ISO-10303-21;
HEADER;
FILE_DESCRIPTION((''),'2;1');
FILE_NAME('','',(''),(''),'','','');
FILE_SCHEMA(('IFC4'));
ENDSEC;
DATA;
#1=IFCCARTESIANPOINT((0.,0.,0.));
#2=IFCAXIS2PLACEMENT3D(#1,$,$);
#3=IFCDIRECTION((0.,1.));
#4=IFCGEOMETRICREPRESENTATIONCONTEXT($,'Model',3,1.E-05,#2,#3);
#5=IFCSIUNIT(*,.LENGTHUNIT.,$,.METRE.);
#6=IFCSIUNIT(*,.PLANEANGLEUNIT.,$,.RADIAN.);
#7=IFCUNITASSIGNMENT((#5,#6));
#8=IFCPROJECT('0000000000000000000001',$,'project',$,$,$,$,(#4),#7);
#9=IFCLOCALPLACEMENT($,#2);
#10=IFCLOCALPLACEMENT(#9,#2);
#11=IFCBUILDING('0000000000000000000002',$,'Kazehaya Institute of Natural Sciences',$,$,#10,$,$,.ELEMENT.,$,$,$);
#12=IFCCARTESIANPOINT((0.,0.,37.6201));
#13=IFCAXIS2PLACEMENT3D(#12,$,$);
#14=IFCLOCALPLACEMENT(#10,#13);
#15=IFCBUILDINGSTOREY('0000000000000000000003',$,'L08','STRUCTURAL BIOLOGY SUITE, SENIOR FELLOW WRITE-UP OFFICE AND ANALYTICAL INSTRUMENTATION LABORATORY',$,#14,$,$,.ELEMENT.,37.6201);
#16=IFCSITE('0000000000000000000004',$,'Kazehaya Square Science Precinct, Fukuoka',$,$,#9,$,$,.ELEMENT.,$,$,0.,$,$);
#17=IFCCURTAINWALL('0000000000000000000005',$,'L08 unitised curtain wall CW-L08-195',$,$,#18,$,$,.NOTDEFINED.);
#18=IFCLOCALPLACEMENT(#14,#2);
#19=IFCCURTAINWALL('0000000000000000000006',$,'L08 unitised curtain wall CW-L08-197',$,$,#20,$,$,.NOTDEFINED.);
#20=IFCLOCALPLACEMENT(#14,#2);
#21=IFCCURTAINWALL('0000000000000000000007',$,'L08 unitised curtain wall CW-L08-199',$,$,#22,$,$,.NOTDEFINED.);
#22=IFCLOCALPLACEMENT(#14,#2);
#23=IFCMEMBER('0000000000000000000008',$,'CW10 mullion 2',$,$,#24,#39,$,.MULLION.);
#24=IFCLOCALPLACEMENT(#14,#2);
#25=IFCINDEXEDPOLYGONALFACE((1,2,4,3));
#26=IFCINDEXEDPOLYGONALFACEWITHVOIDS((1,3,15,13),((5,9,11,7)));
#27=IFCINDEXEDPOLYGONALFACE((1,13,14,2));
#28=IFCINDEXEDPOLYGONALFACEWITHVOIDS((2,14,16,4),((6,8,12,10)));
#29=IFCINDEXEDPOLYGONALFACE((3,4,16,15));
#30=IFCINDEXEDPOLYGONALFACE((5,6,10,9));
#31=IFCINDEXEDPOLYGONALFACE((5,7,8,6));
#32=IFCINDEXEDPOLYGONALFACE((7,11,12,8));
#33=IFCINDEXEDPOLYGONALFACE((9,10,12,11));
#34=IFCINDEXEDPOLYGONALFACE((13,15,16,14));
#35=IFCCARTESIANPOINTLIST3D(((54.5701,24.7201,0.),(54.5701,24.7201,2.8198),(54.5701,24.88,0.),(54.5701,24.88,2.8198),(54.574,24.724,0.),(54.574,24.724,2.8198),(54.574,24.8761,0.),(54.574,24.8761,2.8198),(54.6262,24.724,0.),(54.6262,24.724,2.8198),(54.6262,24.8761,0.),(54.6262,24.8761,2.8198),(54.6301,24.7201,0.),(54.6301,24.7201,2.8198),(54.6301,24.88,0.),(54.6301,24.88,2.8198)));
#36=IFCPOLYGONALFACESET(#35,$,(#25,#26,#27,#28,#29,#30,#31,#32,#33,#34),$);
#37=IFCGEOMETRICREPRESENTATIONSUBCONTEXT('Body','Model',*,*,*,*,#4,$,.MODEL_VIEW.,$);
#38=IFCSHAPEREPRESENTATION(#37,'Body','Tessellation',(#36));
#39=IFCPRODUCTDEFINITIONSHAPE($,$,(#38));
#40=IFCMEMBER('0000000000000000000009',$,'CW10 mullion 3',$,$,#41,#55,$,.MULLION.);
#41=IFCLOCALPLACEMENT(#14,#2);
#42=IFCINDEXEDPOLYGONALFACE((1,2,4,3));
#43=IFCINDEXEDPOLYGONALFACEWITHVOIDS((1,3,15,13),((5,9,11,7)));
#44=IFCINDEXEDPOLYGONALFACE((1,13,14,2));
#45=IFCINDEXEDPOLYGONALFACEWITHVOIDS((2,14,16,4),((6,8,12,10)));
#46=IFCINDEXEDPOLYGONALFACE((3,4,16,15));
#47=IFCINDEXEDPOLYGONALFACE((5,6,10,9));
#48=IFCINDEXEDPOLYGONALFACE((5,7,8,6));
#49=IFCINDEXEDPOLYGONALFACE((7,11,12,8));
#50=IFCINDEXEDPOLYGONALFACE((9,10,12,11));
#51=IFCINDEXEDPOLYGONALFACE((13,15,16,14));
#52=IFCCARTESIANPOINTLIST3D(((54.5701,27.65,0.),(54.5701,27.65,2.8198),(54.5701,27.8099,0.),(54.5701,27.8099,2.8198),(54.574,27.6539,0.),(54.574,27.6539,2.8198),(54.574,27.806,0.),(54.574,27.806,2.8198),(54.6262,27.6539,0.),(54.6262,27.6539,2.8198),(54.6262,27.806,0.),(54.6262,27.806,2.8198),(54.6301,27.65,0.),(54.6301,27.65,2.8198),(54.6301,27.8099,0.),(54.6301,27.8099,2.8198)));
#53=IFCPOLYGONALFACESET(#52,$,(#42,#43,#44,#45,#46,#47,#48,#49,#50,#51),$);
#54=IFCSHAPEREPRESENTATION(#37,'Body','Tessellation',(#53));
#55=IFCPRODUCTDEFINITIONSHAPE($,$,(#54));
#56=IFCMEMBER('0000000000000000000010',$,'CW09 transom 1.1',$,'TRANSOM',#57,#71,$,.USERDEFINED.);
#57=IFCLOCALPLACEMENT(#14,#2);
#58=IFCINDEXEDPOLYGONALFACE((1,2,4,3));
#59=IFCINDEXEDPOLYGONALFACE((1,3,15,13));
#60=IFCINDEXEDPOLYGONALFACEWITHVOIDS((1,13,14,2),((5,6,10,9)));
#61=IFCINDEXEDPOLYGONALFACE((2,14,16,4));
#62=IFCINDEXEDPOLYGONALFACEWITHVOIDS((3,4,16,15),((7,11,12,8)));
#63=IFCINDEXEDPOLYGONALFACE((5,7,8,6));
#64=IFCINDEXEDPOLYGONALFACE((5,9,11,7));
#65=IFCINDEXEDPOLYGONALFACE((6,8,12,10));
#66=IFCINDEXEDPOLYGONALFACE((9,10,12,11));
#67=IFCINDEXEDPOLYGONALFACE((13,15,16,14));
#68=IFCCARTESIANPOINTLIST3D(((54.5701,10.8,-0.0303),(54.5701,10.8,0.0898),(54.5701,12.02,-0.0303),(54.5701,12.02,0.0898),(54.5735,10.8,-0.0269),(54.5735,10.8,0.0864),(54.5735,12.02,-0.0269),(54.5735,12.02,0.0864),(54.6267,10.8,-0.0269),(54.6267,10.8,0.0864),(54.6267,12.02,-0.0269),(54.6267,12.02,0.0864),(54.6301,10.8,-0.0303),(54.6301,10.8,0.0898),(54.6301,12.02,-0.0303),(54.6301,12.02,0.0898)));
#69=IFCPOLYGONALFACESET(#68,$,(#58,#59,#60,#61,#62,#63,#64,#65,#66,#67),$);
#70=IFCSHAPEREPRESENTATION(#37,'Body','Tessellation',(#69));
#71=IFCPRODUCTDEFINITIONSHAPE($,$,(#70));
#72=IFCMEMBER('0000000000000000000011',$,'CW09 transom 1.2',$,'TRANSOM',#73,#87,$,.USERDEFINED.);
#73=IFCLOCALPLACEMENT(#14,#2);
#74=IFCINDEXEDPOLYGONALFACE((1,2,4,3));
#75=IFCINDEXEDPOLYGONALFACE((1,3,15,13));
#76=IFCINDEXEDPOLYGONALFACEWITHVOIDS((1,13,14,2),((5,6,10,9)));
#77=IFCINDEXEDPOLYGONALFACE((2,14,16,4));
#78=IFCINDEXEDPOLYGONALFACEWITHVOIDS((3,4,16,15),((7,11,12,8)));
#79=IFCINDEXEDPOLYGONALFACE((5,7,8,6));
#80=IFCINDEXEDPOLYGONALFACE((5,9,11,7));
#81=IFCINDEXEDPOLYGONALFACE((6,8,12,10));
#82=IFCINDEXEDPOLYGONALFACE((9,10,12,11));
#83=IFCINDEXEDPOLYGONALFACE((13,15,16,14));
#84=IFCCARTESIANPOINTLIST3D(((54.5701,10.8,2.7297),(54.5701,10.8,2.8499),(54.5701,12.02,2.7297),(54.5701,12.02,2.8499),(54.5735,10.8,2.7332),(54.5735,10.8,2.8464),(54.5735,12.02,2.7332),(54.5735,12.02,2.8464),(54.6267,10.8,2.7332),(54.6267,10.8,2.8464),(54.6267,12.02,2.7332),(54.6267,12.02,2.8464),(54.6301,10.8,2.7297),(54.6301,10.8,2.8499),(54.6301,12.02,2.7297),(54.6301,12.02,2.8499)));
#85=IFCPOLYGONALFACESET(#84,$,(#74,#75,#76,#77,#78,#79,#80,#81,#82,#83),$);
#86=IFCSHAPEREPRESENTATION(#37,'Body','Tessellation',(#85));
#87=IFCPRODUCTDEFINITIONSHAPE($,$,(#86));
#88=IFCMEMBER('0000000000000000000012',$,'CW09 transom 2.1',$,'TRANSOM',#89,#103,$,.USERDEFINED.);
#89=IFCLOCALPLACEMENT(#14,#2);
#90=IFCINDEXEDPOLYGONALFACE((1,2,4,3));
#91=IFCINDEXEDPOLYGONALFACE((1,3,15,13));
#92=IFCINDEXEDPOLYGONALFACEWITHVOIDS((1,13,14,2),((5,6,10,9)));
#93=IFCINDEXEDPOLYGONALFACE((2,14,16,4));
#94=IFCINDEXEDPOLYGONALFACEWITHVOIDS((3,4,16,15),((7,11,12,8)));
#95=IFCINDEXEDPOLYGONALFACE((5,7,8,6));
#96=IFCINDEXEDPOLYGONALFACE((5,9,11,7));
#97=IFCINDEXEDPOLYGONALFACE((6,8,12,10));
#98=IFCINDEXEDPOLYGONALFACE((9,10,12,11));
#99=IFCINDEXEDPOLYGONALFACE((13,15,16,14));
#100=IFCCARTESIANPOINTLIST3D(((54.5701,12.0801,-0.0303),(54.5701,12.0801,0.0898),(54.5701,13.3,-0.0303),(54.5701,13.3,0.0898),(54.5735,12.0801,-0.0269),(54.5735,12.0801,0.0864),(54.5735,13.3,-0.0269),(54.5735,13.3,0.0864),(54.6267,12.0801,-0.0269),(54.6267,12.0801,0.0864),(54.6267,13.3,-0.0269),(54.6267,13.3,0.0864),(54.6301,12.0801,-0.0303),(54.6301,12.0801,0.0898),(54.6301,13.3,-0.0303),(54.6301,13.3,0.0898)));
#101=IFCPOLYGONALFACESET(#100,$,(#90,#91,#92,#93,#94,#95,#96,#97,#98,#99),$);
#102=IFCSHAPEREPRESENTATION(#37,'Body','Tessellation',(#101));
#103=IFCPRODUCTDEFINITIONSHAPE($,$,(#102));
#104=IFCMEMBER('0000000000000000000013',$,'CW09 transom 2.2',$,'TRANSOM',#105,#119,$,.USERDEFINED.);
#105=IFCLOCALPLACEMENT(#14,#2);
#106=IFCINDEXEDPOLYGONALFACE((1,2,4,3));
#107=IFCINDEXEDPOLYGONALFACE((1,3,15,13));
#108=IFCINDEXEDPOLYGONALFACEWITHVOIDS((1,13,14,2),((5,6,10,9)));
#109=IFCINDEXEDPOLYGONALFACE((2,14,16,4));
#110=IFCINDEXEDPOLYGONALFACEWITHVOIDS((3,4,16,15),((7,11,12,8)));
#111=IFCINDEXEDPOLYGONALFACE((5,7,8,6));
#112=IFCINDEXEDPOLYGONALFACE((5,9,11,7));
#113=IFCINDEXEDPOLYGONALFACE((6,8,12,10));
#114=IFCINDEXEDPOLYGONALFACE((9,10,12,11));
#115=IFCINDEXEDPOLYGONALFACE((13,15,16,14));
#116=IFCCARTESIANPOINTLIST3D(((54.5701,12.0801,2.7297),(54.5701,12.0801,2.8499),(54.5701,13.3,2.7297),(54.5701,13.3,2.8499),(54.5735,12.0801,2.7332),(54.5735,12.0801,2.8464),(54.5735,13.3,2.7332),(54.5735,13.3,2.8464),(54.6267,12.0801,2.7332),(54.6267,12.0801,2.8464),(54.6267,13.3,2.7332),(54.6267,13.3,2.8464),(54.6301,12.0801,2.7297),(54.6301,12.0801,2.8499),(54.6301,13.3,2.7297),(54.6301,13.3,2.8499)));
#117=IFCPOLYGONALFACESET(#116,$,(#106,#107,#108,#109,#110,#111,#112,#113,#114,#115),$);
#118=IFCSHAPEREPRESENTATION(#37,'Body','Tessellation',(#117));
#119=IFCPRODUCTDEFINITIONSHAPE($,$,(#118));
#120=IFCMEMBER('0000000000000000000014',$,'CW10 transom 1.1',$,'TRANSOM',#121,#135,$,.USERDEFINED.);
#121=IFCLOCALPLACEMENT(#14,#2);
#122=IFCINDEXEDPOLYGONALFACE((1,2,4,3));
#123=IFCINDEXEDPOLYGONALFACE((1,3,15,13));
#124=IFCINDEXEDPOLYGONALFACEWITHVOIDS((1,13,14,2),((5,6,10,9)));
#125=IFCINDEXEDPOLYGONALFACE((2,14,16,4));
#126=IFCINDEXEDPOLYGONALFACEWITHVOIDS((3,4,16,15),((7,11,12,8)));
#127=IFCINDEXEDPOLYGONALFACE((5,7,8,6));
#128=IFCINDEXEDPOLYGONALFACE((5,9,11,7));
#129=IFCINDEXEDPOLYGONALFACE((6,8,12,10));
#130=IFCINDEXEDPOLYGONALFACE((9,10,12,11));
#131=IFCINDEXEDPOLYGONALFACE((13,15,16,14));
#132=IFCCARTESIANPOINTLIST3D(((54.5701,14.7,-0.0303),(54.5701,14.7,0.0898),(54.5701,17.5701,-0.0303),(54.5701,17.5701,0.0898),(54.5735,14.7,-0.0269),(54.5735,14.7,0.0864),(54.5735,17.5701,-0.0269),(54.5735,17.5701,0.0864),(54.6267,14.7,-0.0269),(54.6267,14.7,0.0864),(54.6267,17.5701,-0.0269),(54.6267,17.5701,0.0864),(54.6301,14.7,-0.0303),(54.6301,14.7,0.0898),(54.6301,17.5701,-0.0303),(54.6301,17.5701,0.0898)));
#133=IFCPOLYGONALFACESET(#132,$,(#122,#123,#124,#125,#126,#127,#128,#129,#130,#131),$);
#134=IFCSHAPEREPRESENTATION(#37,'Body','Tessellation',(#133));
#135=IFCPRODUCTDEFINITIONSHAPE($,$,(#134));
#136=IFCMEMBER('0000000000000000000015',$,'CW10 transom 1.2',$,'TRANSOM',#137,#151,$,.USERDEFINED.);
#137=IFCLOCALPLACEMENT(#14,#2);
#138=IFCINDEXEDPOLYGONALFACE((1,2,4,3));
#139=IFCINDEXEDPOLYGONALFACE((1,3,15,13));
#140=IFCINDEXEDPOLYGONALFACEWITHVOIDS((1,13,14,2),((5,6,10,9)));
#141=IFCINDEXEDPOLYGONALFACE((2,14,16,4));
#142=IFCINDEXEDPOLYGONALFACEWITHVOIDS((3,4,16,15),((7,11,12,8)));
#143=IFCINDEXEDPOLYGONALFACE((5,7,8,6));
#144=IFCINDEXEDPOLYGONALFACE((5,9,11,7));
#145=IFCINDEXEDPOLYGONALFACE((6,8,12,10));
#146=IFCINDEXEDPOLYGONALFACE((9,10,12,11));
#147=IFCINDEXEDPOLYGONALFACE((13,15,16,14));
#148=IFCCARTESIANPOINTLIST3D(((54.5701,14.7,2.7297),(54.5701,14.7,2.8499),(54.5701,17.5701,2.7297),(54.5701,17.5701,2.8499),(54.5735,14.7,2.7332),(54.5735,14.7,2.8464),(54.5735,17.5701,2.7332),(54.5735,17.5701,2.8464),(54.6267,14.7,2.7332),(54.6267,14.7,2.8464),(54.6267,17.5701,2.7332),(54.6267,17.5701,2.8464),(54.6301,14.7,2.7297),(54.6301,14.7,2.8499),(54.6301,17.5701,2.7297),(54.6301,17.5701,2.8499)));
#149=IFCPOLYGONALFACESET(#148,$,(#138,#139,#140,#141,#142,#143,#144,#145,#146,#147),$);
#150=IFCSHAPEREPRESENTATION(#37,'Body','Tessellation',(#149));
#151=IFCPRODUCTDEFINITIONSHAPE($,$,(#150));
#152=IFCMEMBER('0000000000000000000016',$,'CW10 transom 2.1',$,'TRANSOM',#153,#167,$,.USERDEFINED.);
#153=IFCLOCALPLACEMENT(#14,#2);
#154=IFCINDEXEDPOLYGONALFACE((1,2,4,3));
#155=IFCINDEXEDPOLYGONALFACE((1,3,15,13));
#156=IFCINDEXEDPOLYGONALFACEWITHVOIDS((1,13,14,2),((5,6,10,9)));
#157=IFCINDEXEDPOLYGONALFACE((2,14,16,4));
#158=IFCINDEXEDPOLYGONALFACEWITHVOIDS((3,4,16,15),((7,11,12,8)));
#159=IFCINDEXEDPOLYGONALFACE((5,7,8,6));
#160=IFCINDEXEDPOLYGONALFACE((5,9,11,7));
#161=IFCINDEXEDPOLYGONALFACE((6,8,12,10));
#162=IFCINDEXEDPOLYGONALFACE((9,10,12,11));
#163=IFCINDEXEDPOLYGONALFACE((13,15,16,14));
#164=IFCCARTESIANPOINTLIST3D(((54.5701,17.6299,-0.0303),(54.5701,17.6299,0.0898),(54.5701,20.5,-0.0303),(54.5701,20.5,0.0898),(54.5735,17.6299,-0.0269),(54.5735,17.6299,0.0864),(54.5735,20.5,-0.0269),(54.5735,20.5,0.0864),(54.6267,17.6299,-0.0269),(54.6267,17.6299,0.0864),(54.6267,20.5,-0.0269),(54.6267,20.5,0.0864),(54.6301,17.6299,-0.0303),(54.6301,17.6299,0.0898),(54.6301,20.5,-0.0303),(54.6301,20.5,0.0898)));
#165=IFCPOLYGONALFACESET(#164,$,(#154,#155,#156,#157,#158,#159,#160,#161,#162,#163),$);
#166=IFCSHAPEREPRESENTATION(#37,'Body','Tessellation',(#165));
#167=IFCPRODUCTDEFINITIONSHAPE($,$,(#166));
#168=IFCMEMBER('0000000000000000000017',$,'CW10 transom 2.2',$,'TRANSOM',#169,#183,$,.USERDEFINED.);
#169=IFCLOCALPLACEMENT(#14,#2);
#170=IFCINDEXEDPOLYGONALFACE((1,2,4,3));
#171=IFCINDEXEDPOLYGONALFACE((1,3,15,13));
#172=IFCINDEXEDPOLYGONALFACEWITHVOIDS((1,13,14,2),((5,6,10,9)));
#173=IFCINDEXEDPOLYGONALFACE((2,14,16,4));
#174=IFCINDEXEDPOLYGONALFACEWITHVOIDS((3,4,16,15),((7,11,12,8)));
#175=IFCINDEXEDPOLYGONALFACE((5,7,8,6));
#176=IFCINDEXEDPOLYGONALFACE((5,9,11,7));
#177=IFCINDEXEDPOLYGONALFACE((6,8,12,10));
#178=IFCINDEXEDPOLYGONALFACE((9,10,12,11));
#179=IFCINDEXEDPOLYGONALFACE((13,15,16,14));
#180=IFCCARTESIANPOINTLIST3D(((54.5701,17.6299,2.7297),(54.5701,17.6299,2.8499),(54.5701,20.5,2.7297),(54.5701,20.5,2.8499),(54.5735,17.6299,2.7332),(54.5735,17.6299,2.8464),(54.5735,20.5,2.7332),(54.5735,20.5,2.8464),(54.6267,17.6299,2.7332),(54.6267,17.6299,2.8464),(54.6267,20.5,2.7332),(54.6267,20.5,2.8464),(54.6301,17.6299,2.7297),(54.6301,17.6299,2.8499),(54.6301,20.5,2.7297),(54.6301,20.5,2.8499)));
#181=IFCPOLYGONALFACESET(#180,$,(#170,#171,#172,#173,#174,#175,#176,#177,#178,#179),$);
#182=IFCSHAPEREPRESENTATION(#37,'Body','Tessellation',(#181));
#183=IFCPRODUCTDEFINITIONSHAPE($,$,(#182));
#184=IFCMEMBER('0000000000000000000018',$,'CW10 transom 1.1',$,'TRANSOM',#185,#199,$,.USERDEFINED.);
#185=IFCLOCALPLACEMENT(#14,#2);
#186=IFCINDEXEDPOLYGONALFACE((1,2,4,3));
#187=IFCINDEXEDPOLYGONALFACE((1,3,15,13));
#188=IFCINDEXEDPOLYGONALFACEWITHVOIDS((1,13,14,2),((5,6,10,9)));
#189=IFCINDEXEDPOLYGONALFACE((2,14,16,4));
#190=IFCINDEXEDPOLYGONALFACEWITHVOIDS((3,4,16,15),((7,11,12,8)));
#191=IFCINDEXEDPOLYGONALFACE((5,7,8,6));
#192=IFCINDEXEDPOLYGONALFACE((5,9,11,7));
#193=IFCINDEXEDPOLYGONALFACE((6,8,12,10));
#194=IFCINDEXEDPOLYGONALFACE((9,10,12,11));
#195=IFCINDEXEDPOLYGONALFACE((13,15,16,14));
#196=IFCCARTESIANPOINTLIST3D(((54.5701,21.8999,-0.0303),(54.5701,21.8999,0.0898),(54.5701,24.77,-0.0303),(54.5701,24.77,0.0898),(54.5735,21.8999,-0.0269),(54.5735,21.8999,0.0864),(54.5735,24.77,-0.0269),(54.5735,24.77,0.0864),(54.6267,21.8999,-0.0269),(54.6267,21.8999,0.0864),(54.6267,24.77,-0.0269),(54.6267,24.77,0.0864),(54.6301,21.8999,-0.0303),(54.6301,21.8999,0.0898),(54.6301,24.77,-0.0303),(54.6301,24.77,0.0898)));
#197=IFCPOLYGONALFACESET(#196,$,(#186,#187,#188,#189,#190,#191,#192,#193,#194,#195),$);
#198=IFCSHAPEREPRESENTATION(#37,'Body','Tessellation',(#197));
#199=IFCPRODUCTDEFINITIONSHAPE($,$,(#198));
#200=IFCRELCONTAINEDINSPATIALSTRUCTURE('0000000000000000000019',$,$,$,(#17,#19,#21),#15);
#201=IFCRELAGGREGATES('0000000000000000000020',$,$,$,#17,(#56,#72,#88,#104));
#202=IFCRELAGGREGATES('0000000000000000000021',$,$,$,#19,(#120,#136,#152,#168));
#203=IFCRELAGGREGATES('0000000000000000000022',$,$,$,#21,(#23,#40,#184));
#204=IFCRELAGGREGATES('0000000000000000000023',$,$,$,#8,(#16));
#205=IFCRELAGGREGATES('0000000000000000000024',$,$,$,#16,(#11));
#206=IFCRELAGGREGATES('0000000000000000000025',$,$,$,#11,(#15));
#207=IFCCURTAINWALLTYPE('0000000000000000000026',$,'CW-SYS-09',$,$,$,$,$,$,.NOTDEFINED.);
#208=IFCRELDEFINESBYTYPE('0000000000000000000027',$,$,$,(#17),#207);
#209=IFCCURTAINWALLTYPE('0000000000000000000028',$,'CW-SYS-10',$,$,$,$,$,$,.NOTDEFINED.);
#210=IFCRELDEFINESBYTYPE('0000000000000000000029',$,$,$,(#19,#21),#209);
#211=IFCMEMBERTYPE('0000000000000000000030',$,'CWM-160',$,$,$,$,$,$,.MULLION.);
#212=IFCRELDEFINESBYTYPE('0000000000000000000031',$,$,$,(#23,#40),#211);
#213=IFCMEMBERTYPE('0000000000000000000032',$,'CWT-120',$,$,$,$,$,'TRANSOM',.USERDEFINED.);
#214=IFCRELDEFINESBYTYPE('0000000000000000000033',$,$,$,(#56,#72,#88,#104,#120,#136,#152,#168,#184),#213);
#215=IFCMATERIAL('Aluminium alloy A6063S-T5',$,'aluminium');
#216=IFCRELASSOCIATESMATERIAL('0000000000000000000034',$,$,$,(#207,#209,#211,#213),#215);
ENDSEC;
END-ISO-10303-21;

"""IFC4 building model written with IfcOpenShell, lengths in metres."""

from ifc_helpers import new_model, si_unit, direction, frame, origin, origin_2d, place, context, subcontext, project, spatial, hollow_rectangle, extrude, material, material_profile, profile_set, type_object, element, aggregate, save


model = new_model("IFC4")

# Units and contexts
model_context = context("Model", 3, precision=1e-05, world=origin(), true_north=direction((0.0, 1.0)))
body_context = subcontext(model_context, "Body", "Model", "MODEL_VIEW")
ifc_project = project(units=[si_unit("LENGTHUNIT", "METRE"), si_unit("PLANEANGLEUNIT", "RADIAN")], contexts=[model_context])

# Site, building, storey
site_placement = place(None, origin())
site = spatial("IfcSite", under=ifc_project, at=site_placement, Name="Kazehaya Square Science Precinct, Fukuoka", CompositionType="ELEMENT", RefElevation=0.0)
building_placement = place(site_placement, origin())
building = spatial("IfcBuilding", under=site, at=building_placement, Name="Kazehaya Institute of Natural Sciences", CompositionType="ELEMENT")
storey_placement = place(building_placement, frame((0.0, 0.0, 37.6201)))
storey = spatial("IfcBuildingStorey", under=building, at=storey_placement, Name="L08", Description="STRUCTURAL BIOLOGY SUITE, SENIOR FELLOW WRITE-UP OFFICE AND ANALYTICAL INSTRUMENTATION LABORATORY", CompositionType="ELEMENT", Elevation=37.6201)

# Curtain walls, members
ifc_material_1 = material(Name="Aluminium alloy A6063S-T5", Category="aluminium")
curtain_wall_type_1 = type_object("IfcCurtainWallType", Name="CW-SYS-09", PredefinedType="NOTDEFINED", material=ifc_material_1)
curtain_wall_1_placement = place(storey_placement, origin())
curtain_wall_1 = element("IfcCurtainWall", 1, at=curtain_wall_1_placement, inside=storey, type_object=curtain_wall_type_1, Name="L08 unitised curtain wall CW-L08-195", PredefinedType="NOTDEFINED")
ifc_material_profile_1 = material_profile(ifc_material_1, hollow_rectangle(XDim=0.0601, YDim=0.1599, WallThickness=0.0039, at=origin_2d()), Name="ALU-60x160x4")
ifc_profile_set_1 = profile_set([ifc_material_profile_1], Name="Aluminium alloy A6063S-T5")
member_type_1 = type_object("IfcMemberType", Name="CWM-160", PredefinedType="MULLION", material=ifc_profile_set_1)
curtain_wall_type_2 = type_object("IfcCurtainWallType", Name="CW-SYS-10", PredefinedType="NOTDEFINED", material=ifc_material_1)
curtain_wall_2_placement = place(storey_placement, origin())
curtain_wall_2 = element("IfcCurtainWall", 2, at=curtain_wall_2_placement, inside=storey, type_object=curtain_wall_type_2, Name="L08 unitised curtain wall CW-L08-197", PredefinedType="NOTDEFINED")
curtain_wall_3_placement = place(storey_placement, origin())
curtain_wall_3 = element("IfcCurtainWall", 3, at=curtain_wall_3_placement, inside=storey, type_object=curtain_wall_type_2, Name="L08 unitised curtain wall CW-L08-199", PredefinedType="NOTDEFINED")
member_1_placement = place(storey_placement, frame((54.6001, 24.8, 0.0), z_axis=(0.0, 0.0, 1.0), x_axis=(-1.0, 0.0, 0.0)))
member_1 = element("IfcMember", 4, at=member_1_placement, type_object=member_type_1, Name="CW10 mullion 2", PredefinedType="MULLION", context=body_context, shape_type="SweptSolid", body=[
    extrude(hollow_rectangle(XDim=0.0601, YDim=0.1599, WallThickness=0.0039, at=origin_2d()), origin(), (0.0, 0.0, 1.0), 2.8198),
])
member_2_placement = place(storey_placement, frame((54.6001, 27.73, 0.0), z_axis=(0.0, 0.0, 1.0), x_axis=(-1.0, 0.0, 0.0)))
member_2 = element("IfcMember", 5, at=member_2_placement, type_object=member_type_1, Name="CW10 mullion 3", PredefinedType="MULLION", context=body_context, shape_type="SweptSolid", body=[
    extrude(hollow_rectangle(XDim=0.0601, YDim=0.1599, WallThickness=0.0039, at=origin_2d()), origin(), (0.0, 0.0, 1.0), 2.8198),
])

# Members
ifc_material_profile_2 = material_profile(ifc_material_1, hollow_rectangle(XDim=0.0601, YDim=0.1201, WallThickness=0.0034, at=origin_2d()), Name="ALU-60x120x3.5")
ifc_profile_set_2 = profile_set([ifc_material_profile_2], Name="Aluminium alloy A6063S-T5")
member_type_2 = type_object("IfcMemberType", Name="CWT-120", ElementType="TRANSOM", PredefinedType="USERDEFINED", material=ifc_profile_set_2)
member_3_placement = place(storey_placement, frame((54.6001, 10.8, 0.0298), z_axis=(0.0, 1.0, 0.0), x_axis=(-1.0, 0.0, 0.0)))
member_3 = element("IfcMember", 6, at=member_3_placement, type_object=member_type_2, Name="CW09 transom 1.1", ObjectType="TRANSOM", PredefinedType="USERDEFINED", context=body_context, shape_type="SweptSolid", body=[
    extrude(hollow_rectangle(XDim=0.0601, YDim=0.1201, WallThickness=0.0034, at=origin_2d()), origin(), (0.0, 0.0, 1.0), 1.22),
])
member_4_placement = place(storey_placement, frame((54.6001, 10.8, 2.7898), z_axis=(0.0, 1.0, 0.0), x_axis=(-1.0, 0.0, 0.0)))
member_4 = element("IfcMember", 7, at=member_4_placement, type_object=member_type_2, Name="CW09 transom 1.2", ObjectType="TRANSOM", PredefinedType="USERDEFINED", context=body_context, shape_type="SweptSolid", body=[
    extrude(hollow_rectangle(XDim=0.0601, YDim=0.1201, WallThickness=0.0034, at=origin_2d()), origin(), (0.0, 0.0, 1.0), 1.22),
])
member_5_placement = place(storey_placement, frame((54.6001, 12.0801, 0.0298), z_axis=(0.0, 1.0, 0.0), x_axis=(-1.0, 0.0, 0.0)))
member_5 = element("IfcMember", 8, at=member_5_placement, type_object=member_type_2, Name="CW09 transom 2.1", ObjectType="TRANSOM", PredefinedType="USERDEFINED", context=body_context, shape_type="SweptSolid", body=[
    extrude(hollow_rectangle(XDim=0.0601, YDim=0.1201, WallThickness=0.0034, at=origin_2d()), origin(), (0.0, 0.0, 1.0), 1.22),
])
member_6_placement = place(storey_placement, frame((54.6001, 12.0801, 2.7898), z_axis=(0.0, 1.0, 0.0), x_axis=(-1.0, 0.0, 0.0)))
member_6 = element("IfcMember", 9, at=member_6_placement, type_object=member_type_2, Name="CW09 transom 2.2", ObjectType="TRANSOM", PredefinedType="USERDEFINED", context=body_context, shape_type="SweptSolid", body=[
    extrude(hollow_rectangle(XDim=0.0601, YDim=0.1201, WallThickness=0.0034, at=origin_2d()), origin(), (0.0, 0.0, 1.0), 1.22),
])
member_7_placement = place(storey_placement, frame((54.6001, 14.7, 0.0298), z_axis=(0.0, 1.0, 0.0), x_axis=(-1.0, 0.0, 0.0)))
member_7 = element("IfcMember", 10, at=member_7_placement, type_object=member_type_2, Name="CW10 transom 1.1", ObjectType="TRANSOM", PredefinedType="USERDEFINED", context=body_context, shape_type="SweptSolid", body=[
    extrude(hollow_rectangle(XDim=0.0601, YDim=0.1201, WallThickness=0.0034, at=origin_2d()), origin(), (0.0, 0.0, 1.0), 2.8701),
])
member_8_placement = place(storey_placement, frame((54.6001, 14.7, 2.7898), z_axis=(0.0, 1.0, 0.0), x_axis=(-1.0, 0.0, 0.0)))
member_8 = element("IfcMember", 11, at=member_8_placement, type_object=member_type_2, Name="CW10 transom 1.2", ObjectType="TRANSOM", PredefinedType="USERDEFINED", context=body_context, shape_type="SweptSolid", body=[
    extrude(hollow_rectangle(XDim=0.0601, YDim=0.1201, WallThickness=0.0034, at=origin_2d()), origin(), (0.0, 0.0, 1.0), 2.8701),
])
member_9_placement = place(storey_placement, frame((54.6001, 17.6299, 0.0298), z_axis=(0.0, 1.0, 0.0), x_axis=(-1.0, 0.0, 0.0)))
member_9 = element("IfcMember", 12, at=member_9_placement, type_object=member_type_2, Name="CW10 transom 2.1", ObjectType="TRANSOM", PredefinedType="USERDEFINED", context=body_context, shape_type="SweptSolid", body=[
    extrude(hollow_rectangle(XDim=0.0601, YDim=0.1201, WallThickness=0.0034, at=origin_2d()), origin(), (0.0, 0.0, 1.0), 2.8701),
])
member_10_placement = place(storey_placement, frame((54.6001, 17.6299, 2.7898), z_axis=(0.0, 1.0, 0.0), x_axis=(-1.0, 0.0, 0.0)))
member_10 = element("IfcMember", 13, at=member_10_placement, type_object=member_type_2, Name="CW10 transom 2.2", ObjectType="TRANSOM", PredefinedType="USERDEFINED", context=body_context, shape_type="SweptSolid", body=[
    extrude(hollow_rectangle(XDim=0.0601, YDim=0.1201, WallThickness=0.0034, at=origin_2d()), origin(), (0.0, 0.0, 1.0), 2.8701),
])
member_11_placement = place(storey_placement, frame((54.6001, 21.8999, 0.0298), z_axis=(0.0, 1.0, 0.0), x_axis=(-1.0, 0.0, 0.0)))
member_11 = element("IfcMember", 14, at=member_11_placement, type_object=member_type_2, Name="CW10 transom 1.1", ObjectType="TRANSOM", PredefinedType="USERDEFINED", context=body_context, shape_type="SweptSolid", body=[
    extrude(hollow_rectangle(XDim=0.0601, YDim=0.1201, WallThickness=0.0034, at=origin_2d()), origin(), (0.0, 0.0, 1.0), 2.8701),
])

aggregate(curtain_wall_1, [member_3, member_4, member_5, member_6])
aggregate(curtain_wall_2, [member_7, member_8, member_9, member_10])
aggregate(curtain_wall_3, [member_1, member_2, member_11])

save(model, "model.ifc")
